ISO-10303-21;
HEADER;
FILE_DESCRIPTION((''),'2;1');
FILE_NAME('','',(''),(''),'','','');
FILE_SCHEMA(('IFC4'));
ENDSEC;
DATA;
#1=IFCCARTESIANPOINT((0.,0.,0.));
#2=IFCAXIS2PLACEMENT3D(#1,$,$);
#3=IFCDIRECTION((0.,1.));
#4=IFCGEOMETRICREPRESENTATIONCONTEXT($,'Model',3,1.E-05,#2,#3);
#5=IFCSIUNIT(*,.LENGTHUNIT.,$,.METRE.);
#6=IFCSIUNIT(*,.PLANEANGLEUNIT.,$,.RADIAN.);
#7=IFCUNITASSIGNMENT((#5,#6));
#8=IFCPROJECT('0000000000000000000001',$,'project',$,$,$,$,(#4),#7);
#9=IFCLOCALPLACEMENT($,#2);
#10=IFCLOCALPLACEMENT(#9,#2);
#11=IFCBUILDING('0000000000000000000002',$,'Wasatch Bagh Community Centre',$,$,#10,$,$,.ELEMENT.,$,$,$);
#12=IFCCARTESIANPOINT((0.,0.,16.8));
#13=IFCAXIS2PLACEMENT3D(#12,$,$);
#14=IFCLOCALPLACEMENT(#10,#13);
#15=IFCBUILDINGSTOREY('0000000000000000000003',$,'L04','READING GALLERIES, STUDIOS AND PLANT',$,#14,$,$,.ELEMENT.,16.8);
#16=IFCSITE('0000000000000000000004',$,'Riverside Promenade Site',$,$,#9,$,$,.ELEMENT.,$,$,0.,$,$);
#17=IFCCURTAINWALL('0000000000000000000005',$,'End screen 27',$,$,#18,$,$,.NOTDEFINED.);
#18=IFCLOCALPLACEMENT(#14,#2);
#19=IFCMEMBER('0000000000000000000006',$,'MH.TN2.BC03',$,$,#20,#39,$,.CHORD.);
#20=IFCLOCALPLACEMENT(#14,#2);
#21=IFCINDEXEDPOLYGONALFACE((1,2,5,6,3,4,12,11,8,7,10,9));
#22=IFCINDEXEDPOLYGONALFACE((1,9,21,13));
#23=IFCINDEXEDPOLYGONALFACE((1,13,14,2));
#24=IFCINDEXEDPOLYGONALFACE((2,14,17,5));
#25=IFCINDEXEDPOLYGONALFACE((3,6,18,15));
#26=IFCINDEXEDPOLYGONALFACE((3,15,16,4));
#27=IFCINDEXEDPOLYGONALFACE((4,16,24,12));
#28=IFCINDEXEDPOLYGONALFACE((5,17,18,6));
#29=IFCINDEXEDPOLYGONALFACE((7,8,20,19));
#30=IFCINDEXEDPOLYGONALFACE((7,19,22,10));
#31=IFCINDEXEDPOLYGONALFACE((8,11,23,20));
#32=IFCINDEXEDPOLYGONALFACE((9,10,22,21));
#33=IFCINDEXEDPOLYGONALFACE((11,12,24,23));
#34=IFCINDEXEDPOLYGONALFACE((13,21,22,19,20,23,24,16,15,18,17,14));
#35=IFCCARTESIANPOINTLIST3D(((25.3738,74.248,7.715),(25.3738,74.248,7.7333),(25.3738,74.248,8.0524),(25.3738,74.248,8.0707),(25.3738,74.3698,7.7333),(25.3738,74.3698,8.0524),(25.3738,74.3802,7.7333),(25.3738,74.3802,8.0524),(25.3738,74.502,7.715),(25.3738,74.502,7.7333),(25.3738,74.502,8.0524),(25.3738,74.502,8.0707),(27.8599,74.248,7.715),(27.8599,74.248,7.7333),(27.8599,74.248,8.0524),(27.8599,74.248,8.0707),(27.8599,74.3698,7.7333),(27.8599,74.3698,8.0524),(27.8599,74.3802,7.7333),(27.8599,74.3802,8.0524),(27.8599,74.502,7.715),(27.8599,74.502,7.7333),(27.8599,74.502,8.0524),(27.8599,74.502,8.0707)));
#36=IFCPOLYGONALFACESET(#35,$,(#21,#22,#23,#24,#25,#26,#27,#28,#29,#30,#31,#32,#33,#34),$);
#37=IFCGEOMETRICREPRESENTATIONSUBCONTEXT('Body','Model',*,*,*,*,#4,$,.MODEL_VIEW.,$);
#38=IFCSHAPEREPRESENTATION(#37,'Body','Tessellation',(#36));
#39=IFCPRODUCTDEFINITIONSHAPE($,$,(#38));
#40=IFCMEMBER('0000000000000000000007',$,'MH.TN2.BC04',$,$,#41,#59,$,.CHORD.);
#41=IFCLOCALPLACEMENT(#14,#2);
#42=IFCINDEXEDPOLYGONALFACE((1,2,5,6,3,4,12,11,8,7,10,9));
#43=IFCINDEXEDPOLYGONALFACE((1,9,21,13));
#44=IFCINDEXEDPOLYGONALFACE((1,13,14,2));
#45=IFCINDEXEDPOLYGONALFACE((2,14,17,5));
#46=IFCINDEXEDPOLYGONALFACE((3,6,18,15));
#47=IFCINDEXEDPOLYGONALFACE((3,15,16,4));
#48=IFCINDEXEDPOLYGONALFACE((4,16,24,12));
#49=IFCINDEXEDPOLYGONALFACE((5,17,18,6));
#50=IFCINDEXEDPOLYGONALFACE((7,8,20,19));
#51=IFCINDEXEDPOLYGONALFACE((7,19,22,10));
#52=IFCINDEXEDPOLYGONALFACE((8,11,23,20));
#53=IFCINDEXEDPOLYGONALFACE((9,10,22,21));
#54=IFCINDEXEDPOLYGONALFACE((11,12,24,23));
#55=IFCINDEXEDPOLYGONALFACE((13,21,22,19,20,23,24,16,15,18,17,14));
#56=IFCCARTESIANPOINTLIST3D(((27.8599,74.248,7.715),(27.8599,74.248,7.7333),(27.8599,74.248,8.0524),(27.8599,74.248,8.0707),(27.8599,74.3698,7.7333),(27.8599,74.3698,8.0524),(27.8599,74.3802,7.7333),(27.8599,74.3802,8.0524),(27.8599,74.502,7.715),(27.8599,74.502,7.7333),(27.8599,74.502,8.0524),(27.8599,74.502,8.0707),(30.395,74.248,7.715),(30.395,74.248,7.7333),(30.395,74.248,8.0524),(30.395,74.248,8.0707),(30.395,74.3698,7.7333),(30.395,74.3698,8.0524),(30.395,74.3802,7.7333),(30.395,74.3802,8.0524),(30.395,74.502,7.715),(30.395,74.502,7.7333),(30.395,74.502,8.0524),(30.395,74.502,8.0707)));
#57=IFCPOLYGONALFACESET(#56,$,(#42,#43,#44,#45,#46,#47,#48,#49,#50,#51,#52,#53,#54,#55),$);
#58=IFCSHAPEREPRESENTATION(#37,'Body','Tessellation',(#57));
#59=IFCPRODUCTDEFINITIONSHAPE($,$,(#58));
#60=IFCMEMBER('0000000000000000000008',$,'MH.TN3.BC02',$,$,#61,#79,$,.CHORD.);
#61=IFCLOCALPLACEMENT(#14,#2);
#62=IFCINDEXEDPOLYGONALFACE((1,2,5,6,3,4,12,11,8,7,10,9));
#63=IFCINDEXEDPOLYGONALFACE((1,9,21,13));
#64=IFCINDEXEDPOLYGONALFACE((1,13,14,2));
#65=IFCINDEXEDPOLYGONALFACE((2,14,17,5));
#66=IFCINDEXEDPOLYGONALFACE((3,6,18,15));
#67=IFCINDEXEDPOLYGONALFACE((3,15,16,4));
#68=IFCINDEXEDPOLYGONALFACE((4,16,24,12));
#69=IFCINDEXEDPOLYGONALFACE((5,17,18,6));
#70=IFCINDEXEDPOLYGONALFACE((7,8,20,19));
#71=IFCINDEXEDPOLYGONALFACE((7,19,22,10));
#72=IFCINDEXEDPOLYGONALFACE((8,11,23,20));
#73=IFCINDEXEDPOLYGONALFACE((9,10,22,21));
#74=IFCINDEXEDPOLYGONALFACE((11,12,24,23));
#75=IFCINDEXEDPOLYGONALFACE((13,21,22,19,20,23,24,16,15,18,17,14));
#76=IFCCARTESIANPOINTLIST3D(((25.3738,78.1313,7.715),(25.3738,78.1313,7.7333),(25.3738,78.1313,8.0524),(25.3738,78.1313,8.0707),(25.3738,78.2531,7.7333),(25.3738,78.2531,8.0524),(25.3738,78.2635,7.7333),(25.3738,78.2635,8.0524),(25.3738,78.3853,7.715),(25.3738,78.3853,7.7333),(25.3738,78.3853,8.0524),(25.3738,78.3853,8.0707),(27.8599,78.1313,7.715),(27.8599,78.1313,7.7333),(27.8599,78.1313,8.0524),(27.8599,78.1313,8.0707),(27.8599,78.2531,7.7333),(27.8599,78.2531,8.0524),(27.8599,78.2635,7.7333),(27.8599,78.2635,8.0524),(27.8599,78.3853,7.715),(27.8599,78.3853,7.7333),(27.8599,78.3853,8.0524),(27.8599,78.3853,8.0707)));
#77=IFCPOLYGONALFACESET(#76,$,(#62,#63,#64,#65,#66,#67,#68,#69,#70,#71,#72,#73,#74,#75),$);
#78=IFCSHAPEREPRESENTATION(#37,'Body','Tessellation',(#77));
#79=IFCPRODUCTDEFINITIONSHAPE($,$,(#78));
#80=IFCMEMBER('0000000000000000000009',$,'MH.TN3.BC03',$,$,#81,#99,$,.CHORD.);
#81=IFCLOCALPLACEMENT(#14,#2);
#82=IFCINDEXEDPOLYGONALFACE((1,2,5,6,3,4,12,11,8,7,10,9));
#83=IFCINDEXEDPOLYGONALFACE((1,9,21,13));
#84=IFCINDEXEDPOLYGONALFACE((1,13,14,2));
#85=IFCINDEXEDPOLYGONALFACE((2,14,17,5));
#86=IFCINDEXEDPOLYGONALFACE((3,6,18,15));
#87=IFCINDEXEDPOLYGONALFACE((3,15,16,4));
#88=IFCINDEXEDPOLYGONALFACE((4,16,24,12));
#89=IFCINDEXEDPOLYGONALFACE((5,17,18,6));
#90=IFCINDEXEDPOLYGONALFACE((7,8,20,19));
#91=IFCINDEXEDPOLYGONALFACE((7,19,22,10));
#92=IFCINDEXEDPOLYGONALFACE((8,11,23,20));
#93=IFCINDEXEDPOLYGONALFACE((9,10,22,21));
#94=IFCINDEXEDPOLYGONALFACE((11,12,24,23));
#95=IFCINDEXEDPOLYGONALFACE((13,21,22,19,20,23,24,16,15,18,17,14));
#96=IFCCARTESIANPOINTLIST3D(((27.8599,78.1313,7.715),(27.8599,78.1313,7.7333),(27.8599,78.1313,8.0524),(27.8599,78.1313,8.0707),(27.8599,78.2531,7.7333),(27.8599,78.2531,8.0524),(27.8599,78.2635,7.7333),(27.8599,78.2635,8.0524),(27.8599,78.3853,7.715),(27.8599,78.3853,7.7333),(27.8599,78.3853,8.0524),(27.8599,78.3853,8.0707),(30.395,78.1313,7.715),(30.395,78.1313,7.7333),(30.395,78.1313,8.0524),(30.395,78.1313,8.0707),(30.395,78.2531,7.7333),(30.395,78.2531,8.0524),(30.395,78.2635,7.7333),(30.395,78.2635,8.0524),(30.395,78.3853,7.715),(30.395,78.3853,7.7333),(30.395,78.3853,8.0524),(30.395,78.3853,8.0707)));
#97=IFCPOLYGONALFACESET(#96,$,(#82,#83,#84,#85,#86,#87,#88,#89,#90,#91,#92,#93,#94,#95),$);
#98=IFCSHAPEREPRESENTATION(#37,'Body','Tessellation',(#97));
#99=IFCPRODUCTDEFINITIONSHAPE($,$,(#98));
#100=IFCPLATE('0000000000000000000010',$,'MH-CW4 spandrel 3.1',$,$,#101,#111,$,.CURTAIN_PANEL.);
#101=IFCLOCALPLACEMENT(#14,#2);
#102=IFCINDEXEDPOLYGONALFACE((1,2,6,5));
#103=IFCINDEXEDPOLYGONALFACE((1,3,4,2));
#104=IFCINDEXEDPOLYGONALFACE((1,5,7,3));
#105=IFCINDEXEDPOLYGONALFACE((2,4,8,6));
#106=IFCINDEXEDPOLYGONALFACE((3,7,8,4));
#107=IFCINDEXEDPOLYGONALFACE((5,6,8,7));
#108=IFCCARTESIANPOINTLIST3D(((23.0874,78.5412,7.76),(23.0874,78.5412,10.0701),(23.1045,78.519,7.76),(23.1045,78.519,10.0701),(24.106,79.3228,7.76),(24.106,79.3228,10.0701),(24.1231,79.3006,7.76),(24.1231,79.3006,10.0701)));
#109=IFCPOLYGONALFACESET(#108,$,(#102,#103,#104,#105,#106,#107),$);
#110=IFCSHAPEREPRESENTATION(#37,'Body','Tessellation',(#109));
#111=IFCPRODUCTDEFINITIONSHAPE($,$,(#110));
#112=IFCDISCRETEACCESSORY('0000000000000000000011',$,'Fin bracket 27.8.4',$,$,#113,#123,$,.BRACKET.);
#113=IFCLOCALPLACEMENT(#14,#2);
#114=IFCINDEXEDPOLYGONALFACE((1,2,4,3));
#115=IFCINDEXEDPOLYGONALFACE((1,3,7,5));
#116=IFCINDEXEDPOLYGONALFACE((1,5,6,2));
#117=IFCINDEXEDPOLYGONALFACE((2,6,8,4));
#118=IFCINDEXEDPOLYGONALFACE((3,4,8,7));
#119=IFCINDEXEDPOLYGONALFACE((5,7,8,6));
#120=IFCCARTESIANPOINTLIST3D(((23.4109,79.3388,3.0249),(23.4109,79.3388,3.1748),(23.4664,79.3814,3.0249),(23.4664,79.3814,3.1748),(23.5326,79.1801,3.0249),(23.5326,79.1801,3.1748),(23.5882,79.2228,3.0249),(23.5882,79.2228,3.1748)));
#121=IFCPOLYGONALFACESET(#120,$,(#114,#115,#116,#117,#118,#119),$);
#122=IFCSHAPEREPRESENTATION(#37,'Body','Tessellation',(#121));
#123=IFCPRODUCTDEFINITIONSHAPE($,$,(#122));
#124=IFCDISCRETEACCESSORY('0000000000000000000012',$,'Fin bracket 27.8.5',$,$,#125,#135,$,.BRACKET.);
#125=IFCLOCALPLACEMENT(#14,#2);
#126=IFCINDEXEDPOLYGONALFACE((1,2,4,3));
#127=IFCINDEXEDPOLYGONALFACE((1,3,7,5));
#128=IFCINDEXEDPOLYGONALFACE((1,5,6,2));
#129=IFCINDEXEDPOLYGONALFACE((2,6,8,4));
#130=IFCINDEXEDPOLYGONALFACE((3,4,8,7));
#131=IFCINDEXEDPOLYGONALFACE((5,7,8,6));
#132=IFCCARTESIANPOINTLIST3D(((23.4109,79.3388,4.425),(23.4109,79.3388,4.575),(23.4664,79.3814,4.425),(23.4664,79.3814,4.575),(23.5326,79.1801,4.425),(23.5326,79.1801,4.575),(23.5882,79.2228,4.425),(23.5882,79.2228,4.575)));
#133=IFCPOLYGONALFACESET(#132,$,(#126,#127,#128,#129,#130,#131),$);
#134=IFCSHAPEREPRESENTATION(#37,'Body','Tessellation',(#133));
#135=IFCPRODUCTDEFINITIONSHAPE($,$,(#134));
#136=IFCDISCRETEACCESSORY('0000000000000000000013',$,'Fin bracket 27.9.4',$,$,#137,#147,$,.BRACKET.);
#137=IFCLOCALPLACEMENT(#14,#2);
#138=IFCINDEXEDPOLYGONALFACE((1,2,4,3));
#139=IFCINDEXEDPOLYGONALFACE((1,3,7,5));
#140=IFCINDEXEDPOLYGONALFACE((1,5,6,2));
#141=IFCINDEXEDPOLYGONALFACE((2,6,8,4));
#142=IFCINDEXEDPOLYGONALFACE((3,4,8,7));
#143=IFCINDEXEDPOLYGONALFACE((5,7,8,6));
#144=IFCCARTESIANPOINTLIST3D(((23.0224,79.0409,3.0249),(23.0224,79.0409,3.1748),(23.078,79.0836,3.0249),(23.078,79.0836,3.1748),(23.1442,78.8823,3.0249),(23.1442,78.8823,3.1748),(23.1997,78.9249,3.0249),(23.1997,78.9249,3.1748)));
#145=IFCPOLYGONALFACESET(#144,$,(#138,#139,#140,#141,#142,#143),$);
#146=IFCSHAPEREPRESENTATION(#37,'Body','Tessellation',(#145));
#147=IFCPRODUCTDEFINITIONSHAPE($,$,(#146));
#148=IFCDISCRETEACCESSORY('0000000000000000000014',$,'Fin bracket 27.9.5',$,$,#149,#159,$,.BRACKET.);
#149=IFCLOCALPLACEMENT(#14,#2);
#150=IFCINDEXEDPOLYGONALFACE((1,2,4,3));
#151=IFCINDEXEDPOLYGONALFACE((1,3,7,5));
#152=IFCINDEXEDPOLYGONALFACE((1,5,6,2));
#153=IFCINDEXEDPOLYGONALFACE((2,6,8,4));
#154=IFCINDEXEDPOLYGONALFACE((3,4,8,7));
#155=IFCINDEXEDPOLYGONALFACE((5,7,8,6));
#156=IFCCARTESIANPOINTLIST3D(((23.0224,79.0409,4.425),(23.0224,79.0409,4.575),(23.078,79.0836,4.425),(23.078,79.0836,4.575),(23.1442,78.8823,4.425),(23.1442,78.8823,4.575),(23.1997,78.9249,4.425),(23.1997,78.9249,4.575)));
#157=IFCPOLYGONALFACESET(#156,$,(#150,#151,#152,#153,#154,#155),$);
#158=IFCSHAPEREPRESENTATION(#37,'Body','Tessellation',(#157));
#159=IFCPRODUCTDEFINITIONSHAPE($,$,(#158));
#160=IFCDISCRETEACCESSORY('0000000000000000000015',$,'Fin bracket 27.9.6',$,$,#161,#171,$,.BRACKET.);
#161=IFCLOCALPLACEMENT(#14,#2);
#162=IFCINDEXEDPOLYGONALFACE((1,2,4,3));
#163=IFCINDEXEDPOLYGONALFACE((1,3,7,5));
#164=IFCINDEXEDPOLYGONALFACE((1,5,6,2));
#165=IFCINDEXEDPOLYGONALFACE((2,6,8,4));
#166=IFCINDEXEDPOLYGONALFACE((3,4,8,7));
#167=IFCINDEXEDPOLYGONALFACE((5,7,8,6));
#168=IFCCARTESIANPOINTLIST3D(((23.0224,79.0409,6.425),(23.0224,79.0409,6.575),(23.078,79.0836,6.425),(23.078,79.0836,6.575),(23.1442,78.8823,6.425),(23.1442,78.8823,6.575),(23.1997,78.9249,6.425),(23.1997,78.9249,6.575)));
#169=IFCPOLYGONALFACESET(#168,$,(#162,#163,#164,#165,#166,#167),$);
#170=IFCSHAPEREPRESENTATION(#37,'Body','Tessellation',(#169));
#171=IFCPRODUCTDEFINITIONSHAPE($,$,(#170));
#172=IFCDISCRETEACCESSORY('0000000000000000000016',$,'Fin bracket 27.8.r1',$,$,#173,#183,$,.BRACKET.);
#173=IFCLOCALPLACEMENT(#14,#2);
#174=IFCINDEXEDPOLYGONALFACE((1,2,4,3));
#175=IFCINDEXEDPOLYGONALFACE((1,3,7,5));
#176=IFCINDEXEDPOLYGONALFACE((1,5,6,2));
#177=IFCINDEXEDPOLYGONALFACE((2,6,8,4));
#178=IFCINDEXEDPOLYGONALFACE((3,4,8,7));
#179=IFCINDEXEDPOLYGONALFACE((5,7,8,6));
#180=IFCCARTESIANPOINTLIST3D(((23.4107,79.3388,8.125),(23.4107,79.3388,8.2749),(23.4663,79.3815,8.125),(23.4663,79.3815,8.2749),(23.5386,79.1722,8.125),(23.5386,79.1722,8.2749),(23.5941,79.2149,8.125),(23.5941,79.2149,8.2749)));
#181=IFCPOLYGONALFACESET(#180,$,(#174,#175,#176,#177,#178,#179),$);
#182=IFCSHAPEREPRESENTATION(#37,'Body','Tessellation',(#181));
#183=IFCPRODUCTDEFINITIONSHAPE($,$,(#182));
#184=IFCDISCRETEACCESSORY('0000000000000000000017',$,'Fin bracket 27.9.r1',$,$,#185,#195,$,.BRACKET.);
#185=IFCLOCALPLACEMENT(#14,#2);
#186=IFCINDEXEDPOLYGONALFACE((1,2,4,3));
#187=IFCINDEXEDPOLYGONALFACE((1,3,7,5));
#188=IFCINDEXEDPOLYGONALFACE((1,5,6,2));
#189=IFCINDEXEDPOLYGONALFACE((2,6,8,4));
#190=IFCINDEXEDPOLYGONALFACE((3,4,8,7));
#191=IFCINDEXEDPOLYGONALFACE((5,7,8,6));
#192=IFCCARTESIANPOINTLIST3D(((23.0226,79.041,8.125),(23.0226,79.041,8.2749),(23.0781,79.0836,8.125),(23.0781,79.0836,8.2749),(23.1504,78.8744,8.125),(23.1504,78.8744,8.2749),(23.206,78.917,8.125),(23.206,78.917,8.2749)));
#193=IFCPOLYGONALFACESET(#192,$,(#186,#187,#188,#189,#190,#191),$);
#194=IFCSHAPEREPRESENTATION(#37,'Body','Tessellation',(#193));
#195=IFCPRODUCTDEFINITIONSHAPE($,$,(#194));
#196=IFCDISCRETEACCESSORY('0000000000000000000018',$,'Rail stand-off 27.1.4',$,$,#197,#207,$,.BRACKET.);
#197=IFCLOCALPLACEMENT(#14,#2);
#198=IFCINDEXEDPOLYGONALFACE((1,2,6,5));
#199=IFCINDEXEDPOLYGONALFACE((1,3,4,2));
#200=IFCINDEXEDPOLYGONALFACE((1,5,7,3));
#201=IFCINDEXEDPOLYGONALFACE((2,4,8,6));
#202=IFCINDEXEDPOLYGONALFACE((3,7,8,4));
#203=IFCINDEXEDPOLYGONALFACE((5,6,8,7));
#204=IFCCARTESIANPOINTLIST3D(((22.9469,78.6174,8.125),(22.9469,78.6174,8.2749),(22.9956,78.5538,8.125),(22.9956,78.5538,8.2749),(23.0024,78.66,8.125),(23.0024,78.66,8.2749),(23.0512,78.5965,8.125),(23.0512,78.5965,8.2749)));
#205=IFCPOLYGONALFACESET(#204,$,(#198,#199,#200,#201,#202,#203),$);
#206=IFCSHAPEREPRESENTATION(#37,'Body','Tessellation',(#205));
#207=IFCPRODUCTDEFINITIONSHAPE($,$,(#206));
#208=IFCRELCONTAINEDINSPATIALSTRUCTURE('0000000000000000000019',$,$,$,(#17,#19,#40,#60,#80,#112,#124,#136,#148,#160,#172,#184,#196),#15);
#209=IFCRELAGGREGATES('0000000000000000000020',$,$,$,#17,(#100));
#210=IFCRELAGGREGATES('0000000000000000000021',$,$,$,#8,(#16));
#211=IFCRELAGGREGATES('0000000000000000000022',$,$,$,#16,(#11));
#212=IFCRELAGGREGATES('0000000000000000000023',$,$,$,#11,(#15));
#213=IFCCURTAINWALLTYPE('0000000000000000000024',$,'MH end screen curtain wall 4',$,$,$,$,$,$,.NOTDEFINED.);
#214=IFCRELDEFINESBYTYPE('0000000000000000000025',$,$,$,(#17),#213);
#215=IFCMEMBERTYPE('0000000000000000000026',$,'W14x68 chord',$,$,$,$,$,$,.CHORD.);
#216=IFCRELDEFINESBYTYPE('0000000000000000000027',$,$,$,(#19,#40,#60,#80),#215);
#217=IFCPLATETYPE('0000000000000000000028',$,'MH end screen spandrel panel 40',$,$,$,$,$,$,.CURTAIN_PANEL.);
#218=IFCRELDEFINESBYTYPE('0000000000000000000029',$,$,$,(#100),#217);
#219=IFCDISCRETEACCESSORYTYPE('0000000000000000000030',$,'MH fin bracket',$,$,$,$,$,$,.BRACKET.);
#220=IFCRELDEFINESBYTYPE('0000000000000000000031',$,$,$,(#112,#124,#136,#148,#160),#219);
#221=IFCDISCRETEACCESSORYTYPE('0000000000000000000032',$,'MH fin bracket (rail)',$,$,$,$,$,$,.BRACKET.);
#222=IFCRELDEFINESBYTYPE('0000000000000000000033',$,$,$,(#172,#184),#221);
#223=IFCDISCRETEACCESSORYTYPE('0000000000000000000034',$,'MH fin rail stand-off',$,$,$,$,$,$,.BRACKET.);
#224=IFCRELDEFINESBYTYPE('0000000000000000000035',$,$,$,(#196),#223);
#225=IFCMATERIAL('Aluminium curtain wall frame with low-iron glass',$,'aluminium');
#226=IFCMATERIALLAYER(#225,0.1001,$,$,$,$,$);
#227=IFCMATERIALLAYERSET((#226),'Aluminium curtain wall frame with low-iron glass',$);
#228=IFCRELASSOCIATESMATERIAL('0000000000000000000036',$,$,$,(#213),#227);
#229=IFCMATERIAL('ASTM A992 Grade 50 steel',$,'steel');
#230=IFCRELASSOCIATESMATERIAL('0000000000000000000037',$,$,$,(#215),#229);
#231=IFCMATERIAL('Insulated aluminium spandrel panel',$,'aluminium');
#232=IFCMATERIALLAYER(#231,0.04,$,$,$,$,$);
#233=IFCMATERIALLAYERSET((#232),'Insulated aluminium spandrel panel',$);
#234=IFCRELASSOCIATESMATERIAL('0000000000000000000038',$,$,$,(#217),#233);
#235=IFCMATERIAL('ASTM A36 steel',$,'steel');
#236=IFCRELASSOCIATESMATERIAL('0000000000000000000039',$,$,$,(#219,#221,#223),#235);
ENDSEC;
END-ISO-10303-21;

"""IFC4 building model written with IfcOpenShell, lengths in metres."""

from ifc_helpers import new_model, si_unit, direction, frame, origin, origin_2d, place, context, subcontext, project, spatial, rectangle, i_section, extrude, material, layer, layer_set, material_profile, profile_set, type_object, element, aggregate, save


model = new_model("IFC4")

# Units and contexts
model_context = context("Model", 3, precision=1e-05, world=origin(), true_north=direction((0.0, 1.0)))
body_context = subcontext(model_context, "Body", "Model", "MODEL_VIEW")
ifc_project = project(units=[si_unit("LENGTHUNIT", "METRE"), si_unit("PLANEANGLEUNIT", "RADIAN")], contexts=[model_context])

# Site, building, storey
site_placement = place(None, origin())
site = spatial("IfcSite", under=ifc_project, at=site_placement, Name="Riverside Promenade Site", CompositionType="ELEMENT", RefElevation=0.0)
building_placement = place(site_placement, origin())
building = spatial("IfcBuilding", under=site, at=building_placement, Name="Wasatch Bagh Community Centre", CompositionType="ELEMENT")
storey_placement = place(building_placement, frame((0.0, 0.0, 16.8)))
storey = spatial("IfcBuildingStorey", under=building, at=storey_placement, Name="L04", Description="READING GALLERIES, STUDIOS AND PLANT", CompositionType="ELEMENT", Elevation=16.8)

# Curtain wall
ifc_material_1 = material(Name="Aluminium curtain wall frame with low-iron glass", Category="aluminium")
ifc_layer_1 = layer(ifc_material_1, 0.1001)
ifc_layer_set_1 = layer_set([ifc_layer_1], Name="Aluminium curtain wall frame with low-iron glass")
curtain_wall_type = type_object("IfcCurtainWallType", Name="MH end screen curtain wall 4", PredefinedType="NOTDEFINED", material=ifc_layer_set_1)
curtain_wall_placement = place(storey_placement, origin())
curtain_wall = element("IfcCurtainWall", 1, at=curtain_wall_placement, inside=storey, type_object=curtain_wall_type, Name="End screen 27", PredefinedType="NOTDEFINED")

# Members
ifc_material_2 = material(Name="ASTM A992 Grade 50 steel", Category="steel")
ifc_material_profile_1 = material_profile(ifc_material_2, i_section(OverallWidth=0.2539, OverallDepth=0.3557, WebThickness=0.0105, FlangeThickness=0.0183, at=origin_2d()), Name="W14x68")
ifc_profile_set_1 = profile_set([ifc_material_profile_1], Name="ASTM A992 Grade 50 steel")
member_type_1 = type_object("IfcMemberType", Name="W14x68 chord", PredefinedType="CHORD", material=ifc_profile_set_1)
member_1_placement = place(storey_placement, frame((25.3738, 74.375, 7.8928), z_axis=(1.0, 0.0, 0.0), x_axis=(0.0, 1.0, 0.0)))
element("IfcMember", 2, at=member_1_placement, inside=storey, type_object=member_type_1, Name="MH.TN2.BC03", PredefinedType="CHORD", context=body_context, shape_type="SweptSolid", body=[
    extrude(i_section(OverallWidth=0.2539, OverallDepth=0.3557, WebThickness=0.0105, FlangeThickness=0.0183, at=origin_2d()), origin(), (0.0, 0.0, 1.0), 2.4861),
])
member_2_placement = place(storey_placement, frame((27.8599, 74.375, 7.8928), z_axis=(1.0, 0.0, 0.0), x_axis=(0.0, 1.0, 0.0)))
element("IfcMember", 3, at=member_2_placement, inside=storey, type_object=member_type_1, Name="MH.TN2.BC04", PredefinedType="CHORD", context=body_context, shape_type="SweptSolid", body=[
    extrude(i_section(OverallWidth=0.2539, OverallDepth=0.3557, WebThickness=0.0105, FlangeThickness=0.0183, at=origin_2d()), origin(), (0.0, 0.0, 1.0), 2.5352),
])
member_3_placement = place(storey_placement, frame((25.3738, 78.2583, 7.8928), z_axis=(1.0, 0.0, 0.0), x_axis=(0.0, 1.0, 0.0)))
element("IfcMember", 4, at=member_3_placement, inside=storey, type_object=member_type_1, Name="MH.TN3.BC02", PredefinedType="CHORD", context=body_context, shape_type="SweptSolid", body=[
    extrude(i_section(OverallWidth=0.2539, OverallDepth=0.3557, WebThickness=0.0105, FlangeThickness=0.0183, at=origin_2d()), origin(), (0.0, 0.0, 1.0), 2.4861),
])
member_4_placement = place(storey_placement, frame((27.8599, 78.2583, 7.8928), z_axis=(1.0, 0.0, 0.0), x_axis=(0.0, 1.0, 0.0)))
element("IfcMember", 5, at=member_4_placement, inside=storey, type_object=member_type_1, Name="MH.TN3.BC03", PredefinedType="CHORD", context=body_context, shape_type="SweptSolid", body=[
    extrude(i_section(OverallWidth=0.2539, OverallDepth=0.3557, WebThickness=0.0105, FlangeThickness=0.0183, at=origin_2d()), origin(), (0.0, 0.0, 1.0), 2.5352),
])

# Plate
ifc_material_3 = material(Name="Insulated aluminium spandrel panel", Category="aluminium")
ifc_layer_2 = layer(ifc_material_3, 0.04)
ifc_layer_set_2 = layer_set([ifc_layer_2], Name="Insulated aluminium spandrel panel")
plate_type = type_object("IfcPlateType", Name="MH end screen spandrel panel 40", PredefinedType="CURTAIN_PANEL", material=ifc_layer_set_2)
plate_placement = place(storey_placement, frame((23.6052, 78.9209, 7.76), z_axis=(0.0, 0.0, 1.0), x_axis=(-0.793353, -0.608761, 0.0)))
plate = element("IfcPlate", 6, at=plate_placement, type_object=plate_type, Name="MH-CW4 spandrel 3.1", PredefinedType="CURTAIN_PANEL", context=body_context, shape_type="SweptSolid", body=[
    extrude(rectangle(XDim=1.2839, YDim=0.0281, at=origin_2d()), origin(), (0.0, 0.0, 1.0), 2.3101),
])
aggregate(curtain_wall, [plate])

# Discrete accessories
ifc_material_4 = material(Name="ASTM A36 steel", Category="steel")
discrete_accessory_type_1 = type_object("IfcDiscreteAccessoryType", Name="MH fin bracket", PredefinedType="BRACKET", material=ifc_material_4)
for number, where, z_axis, x_axis, name in (
    (7, (23.4995, 79.2808, 3.0249), (0.0, 0.0, 1.0), (-0.793353, -0.608761, 0.0), "Fin bracket 27.8.4"),
    (8, (23.4995, 79.2808, 4.425), (0.0, 0.0, 1.0), (-0.793353, -0.608761, 0.0), "Fin bracket 27.8.5"),
    (9, (23.1111, 78.9829, 3.0249), (0.0, 0.0, 1.0), (-0.793353, -0.608761, 0.0), "Fin bracket 27.9.4"),
    (10, (23.1111, 78.9829, 4.425), (0.0, 0.0, 1.0), (-0.793353, -0.608761, 0.0), "Fin bracket 27.9.5"),
    (11, (23.1111, 78.9829, 6.425), (0.0, 0.0, 1.0), (-0.793353, -0.608761, 0.0), "Fin bracket 27.9.6"),
):
    element("IfcDiscreteAccessory", number, at=place(storey_placement, frame(where, z_axis=z_axis, x_axis=x_axis)), inside=storey, type_object=discrete_accessory_type_1, Name=name, PredefinedType="BRACKET", context=body_context, shape_type="SweptSolid", body=[
        extrude(rectangle(XDim=0.0701, YDim=0.2, at=origin_2d()), origin(), (0.0, 0.0, 1.0), 0.1499),
    ])
discrete_accessory_type_2 = type_object("IfcDiscreteAccessoryType", Name="MH fin bracket (rail)", PredefinedType="BRACKET", material=ifc_material_4)
for number, where, z_axis, x_axis, name in (
    (12, (23.5024, 79.2769, 8.125), (0.0, 0.0, 1.0), (-0.793353, -0.608761, 0.0), "Fin bracket 27.8.r1"),
    (13, (23.1143, 78.979, 8.125), (0.0, 0.0, 1.0), (-0.793353, -0.608761, 0.0), "Fin bracket 27.9.r1"),
):
    element("IfcDiscreteAccessory", number, at=place(storey_placement, frame(where, z_axis=z_axis, x_axis=x_axis)), inside=storey, type_object=discrete_accessory_type_2, Name=name, PredefinedType="BRACKET", context=body_context, shape_type="SweptSolid", body=[
        extrude(rectangle(XDim=0.0701, YDim=0.21, at=origin_2d()), origin(), (0.0, 0.0, 1.0), 0.1499),
    ])
discrete_accessory_type_3 = type_object("IfcDiscreteAccessoryType", Name="MH fin rail stand-off", PredefinedType="BRACKET", material=ifc_material_4)
discrete_accessory_1_placement = place(storey_placement, frame((22.999, 78.6069, 8.125), z_axis=(0.0, 0.0, 1.0), x_axis=(-0.793353, -0.608761, 0.0)))
element("IfcDiscreteAccessory", 14, at=discrete_accessory_1_placement, inside=storey, type_object=discrete_accessory_type_3, Name="Rail stand-off 27.1.4", PredefinedType="BRACKET", context=body_context, shape_type="SweptSolid", body=[
    extrude(rectangle(XDim=0.0701, YDim=0.0801, at=origin_2d()), origin(), (0.0, 0.0, 1.0), 0.1499),
])

save(model, "model.ifc")
